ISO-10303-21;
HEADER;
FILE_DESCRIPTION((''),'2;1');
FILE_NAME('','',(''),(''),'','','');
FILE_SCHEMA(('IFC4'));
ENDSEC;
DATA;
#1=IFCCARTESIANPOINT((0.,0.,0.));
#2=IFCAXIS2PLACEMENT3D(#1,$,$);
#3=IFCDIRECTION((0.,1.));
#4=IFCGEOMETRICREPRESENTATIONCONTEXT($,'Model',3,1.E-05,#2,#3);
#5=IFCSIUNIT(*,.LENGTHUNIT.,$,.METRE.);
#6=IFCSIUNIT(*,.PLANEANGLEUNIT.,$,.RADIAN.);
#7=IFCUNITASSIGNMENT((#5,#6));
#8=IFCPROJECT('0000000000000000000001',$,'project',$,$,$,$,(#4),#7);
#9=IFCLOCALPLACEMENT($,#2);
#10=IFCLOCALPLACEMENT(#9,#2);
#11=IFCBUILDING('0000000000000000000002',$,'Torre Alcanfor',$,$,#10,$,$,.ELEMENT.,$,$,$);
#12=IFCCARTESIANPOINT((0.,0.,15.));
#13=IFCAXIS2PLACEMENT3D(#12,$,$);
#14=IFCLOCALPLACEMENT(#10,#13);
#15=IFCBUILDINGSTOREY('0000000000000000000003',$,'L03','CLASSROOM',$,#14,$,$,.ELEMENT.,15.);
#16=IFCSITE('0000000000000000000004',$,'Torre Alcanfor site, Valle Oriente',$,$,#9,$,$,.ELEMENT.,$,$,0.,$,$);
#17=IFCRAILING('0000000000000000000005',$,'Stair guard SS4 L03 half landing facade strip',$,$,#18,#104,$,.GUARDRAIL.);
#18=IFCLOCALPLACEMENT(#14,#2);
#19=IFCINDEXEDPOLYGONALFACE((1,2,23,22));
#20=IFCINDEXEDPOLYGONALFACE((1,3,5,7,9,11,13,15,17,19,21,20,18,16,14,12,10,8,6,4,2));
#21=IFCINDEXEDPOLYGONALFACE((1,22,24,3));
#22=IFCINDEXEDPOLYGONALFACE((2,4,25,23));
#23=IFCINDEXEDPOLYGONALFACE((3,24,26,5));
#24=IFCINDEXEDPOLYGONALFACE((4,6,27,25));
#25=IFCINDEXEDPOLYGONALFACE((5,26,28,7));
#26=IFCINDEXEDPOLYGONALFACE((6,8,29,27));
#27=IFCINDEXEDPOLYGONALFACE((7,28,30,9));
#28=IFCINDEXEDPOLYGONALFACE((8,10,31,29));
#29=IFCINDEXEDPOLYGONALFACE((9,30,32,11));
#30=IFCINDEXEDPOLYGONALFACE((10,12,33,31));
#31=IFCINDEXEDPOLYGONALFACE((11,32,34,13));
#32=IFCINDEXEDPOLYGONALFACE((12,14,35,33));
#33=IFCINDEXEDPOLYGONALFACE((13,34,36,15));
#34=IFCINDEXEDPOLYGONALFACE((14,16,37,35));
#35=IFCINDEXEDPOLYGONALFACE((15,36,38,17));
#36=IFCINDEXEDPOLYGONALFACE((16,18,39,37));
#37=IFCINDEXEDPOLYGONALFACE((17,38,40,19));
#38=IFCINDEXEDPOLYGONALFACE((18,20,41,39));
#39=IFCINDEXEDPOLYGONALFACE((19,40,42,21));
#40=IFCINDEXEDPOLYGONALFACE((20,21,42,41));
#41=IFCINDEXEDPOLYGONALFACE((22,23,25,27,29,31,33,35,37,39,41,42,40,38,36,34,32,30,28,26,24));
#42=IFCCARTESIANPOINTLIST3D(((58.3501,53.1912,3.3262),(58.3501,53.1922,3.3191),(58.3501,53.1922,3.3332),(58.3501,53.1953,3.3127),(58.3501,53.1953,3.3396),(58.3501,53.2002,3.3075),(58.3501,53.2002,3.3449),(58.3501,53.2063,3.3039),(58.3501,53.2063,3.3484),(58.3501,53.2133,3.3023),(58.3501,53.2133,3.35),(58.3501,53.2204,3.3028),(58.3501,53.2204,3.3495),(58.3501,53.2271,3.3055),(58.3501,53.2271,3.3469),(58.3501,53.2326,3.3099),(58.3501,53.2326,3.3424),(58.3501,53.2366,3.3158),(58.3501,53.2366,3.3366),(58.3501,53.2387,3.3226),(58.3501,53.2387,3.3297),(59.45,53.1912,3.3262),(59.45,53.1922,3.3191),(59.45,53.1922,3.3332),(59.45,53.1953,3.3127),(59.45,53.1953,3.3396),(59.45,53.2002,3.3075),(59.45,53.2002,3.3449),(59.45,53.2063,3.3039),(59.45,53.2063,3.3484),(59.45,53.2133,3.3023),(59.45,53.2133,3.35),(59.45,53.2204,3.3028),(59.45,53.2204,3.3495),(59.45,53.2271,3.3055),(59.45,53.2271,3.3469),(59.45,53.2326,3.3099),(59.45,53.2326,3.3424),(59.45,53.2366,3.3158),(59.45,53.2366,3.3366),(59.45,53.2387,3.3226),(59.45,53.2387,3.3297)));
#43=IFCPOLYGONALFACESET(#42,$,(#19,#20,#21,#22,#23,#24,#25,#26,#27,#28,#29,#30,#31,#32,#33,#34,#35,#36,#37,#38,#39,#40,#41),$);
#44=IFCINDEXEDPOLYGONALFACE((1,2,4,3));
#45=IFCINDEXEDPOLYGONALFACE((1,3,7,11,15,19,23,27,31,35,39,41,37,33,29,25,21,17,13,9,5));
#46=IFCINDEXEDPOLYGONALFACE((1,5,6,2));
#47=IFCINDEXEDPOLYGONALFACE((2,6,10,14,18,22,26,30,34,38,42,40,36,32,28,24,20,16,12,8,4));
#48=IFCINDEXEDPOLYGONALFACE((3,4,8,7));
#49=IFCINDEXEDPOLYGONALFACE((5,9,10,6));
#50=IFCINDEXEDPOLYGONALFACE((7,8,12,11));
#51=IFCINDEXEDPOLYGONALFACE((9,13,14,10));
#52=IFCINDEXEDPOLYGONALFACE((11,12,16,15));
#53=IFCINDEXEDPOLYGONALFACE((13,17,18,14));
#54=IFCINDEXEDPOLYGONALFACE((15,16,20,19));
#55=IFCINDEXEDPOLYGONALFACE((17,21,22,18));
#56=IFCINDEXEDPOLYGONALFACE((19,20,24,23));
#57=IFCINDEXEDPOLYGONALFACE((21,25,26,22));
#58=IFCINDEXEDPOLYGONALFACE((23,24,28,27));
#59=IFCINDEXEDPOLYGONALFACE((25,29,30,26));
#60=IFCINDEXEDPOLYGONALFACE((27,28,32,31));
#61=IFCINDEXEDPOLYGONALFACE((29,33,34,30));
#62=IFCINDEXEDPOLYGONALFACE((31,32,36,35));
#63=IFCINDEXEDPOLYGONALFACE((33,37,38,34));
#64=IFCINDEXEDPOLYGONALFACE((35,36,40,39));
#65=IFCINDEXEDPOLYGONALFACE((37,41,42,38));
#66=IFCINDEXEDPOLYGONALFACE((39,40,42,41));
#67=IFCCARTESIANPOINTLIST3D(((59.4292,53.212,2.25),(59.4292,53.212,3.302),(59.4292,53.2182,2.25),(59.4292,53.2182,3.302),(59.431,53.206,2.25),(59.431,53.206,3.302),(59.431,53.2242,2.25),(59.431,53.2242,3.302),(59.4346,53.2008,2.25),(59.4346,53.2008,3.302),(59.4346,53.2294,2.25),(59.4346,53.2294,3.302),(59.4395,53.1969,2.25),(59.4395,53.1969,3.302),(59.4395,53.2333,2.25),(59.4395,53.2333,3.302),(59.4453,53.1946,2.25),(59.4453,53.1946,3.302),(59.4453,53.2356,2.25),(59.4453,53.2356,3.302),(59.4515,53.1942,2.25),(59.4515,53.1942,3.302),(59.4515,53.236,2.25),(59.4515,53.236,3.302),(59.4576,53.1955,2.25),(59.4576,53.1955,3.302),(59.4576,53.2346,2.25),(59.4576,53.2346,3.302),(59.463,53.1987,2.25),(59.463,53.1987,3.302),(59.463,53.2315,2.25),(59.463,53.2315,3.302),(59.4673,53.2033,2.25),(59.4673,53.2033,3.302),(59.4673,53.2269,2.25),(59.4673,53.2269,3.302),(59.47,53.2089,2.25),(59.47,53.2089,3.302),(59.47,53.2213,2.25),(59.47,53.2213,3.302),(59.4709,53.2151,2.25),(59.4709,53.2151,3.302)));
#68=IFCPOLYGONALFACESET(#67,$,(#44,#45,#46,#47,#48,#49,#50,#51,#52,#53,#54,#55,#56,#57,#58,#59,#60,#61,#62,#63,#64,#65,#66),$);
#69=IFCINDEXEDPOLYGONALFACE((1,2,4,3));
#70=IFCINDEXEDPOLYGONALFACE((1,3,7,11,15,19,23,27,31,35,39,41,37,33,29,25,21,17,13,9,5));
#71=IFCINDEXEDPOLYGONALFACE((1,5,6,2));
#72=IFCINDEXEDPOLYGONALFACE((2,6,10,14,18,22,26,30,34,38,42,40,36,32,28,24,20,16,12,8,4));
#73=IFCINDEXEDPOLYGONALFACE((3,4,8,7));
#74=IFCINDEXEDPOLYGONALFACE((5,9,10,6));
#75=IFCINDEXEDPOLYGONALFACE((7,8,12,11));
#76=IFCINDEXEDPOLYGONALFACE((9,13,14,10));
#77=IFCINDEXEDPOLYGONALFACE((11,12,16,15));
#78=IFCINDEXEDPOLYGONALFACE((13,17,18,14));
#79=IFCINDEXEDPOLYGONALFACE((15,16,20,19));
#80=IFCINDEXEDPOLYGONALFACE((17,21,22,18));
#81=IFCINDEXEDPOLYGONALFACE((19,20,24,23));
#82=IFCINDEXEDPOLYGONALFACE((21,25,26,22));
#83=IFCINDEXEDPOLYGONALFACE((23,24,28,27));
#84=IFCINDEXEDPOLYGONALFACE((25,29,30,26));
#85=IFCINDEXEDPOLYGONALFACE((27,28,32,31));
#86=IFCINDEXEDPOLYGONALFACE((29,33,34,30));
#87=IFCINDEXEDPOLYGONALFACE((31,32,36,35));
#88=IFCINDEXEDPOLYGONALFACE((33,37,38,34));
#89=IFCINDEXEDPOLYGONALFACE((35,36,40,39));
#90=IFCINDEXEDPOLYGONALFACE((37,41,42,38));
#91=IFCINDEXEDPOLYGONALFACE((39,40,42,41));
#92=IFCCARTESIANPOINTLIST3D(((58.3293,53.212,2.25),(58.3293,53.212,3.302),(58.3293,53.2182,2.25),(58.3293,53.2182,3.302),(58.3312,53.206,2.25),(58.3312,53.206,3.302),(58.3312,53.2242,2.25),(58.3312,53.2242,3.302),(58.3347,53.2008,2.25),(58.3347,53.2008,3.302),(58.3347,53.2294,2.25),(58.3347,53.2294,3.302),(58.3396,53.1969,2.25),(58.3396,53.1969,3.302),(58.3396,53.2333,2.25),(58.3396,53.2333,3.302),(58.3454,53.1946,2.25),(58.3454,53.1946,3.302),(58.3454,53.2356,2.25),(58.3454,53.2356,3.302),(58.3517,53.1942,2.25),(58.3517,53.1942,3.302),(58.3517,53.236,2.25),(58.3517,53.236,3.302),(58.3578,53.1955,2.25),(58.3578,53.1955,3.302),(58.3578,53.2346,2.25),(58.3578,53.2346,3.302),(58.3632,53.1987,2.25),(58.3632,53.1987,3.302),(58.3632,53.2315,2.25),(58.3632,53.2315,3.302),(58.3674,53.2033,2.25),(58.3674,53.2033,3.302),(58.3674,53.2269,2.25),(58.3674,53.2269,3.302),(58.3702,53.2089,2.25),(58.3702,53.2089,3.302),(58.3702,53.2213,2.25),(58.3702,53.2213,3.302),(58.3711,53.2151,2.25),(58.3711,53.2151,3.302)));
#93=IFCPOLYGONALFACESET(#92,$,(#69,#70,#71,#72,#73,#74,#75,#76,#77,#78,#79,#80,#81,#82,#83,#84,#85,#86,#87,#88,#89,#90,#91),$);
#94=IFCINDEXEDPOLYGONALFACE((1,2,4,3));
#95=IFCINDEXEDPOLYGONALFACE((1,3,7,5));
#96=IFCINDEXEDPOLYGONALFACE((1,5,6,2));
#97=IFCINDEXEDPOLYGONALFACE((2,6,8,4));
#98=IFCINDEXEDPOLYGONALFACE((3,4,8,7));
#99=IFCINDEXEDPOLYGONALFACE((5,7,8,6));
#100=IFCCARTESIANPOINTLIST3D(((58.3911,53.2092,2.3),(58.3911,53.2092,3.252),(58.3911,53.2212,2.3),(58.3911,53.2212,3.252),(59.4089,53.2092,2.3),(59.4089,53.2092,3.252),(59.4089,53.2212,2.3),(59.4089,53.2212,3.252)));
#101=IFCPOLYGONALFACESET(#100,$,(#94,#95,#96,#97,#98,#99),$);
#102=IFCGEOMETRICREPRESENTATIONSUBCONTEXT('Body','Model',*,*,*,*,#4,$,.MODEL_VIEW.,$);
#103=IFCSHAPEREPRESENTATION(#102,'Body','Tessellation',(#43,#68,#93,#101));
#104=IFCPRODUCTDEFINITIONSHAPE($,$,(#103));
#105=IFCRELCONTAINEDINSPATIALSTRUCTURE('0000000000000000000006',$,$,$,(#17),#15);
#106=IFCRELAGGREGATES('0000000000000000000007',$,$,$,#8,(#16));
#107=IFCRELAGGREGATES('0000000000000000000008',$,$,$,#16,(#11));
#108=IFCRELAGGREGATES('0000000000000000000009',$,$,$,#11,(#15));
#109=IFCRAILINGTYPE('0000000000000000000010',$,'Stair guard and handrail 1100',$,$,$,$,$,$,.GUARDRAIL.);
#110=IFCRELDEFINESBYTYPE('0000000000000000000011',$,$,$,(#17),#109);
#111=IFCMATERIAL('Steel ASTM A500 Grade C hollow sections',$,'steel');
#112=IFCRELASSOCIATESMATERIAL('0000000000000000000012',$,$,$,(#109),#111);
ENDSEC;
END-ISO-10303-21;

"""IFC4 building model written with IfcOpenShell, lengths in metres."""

from ifc_helpers import new_model, si_unit, direction, frame, origin, origin_2d, place, context, subcontext, project, spatial, polyline, circle, outline, extrude, material, type_object, element, save


model = new_model("IFC4")

# Units and contexts
model_context = context("Model", 3, precision=1e-05, world=origin(), true_north=direction((0.0, 1.0)))
body_context = subcontext(model_context, "Body", "Model", "MODEL_VIEW")
ifc_project = project(units=[si_unit("LENGTHUNIT", "METRE"), si_unit("PLANEANGLEUNIT", "RADIAN")], contexts=[model_context])

# Site, building, storey
site_placement = place(None, origin())
site = spatial("IfcSite", under=ifc_project, at=site_placement, Name="Torre Alcanfor site, Valle Oriente", CompositionType="ELEMENT", RefElevation=0.0)
building_placement = place(site_placement, origin())
building = spatial("IfcBuilding", under=site, at=building_placement, Name="Torre Alcanfor", CompositionType="ELEMENT")
storey_placement = place(building_placement, frame((0.0, 0.0, 15.0)))
storey = spatial("IfcBuildingStorey", under=building, at=storey_placement, Name="L03", Description="CLASSROOM", CompositionType="ELEMENT", Elevation=15.0)

# Railing
ifc_material_1 = material(Name="Steel ASTM A500 Grade C hollow sections", Category="steel")
railing_type_1 = type_object("IfcRailingType", Name="Stair guard and handrail 1100", PredefinedType="GUARDRAIL", material=ifc_material_1)
railing_1_placement = place(storey_placement, frame((59.45, 53.2151, 2.25)))
element("IfcRailing", 1, at=railing_1_placement, inside=storey, type_object=railing_type_1, Name="Stair guard SS4 L03 half landing facade strip", PredefinedType="GUARDRAIL", context=body_context, shape_type="SweptSolid", body=[
    extrude(circle(Radius=0.0239, at=origin_2d()), frame((0.0, 0.0, 1.0762), z_axis=(-1.0, 0.0, 0.0), x_axis=(0.0, -1.0, 0.0)), (0.0, 0.0, 1.0), 1.0999),
    extrude(circle(Radius=0.021, at=origin_2d()), origin(), (0.0, 0.0, 1.0), 1.052),
    extrude(circle(Radius=0.021, at=origin_2d()), frame((-1.0999, 0.0, 0.0)), (0.0, 0.0, 1.0), 1.052),
    extrude(outline(polyline([(0.041, 0.05), (1.0588, 0.05), (1.0588, 1.002), (0.041, 1.002), (0.041, 0.05)])), frame((0.0, -0.0059, 0.0), z_axis=(0.0, 1.0, 0.0), x_axis=(-1.0, 0.0, 0.0)), (0.0, 0.0, 1.0), 0.012),
])

save(model, "model.ifc")
